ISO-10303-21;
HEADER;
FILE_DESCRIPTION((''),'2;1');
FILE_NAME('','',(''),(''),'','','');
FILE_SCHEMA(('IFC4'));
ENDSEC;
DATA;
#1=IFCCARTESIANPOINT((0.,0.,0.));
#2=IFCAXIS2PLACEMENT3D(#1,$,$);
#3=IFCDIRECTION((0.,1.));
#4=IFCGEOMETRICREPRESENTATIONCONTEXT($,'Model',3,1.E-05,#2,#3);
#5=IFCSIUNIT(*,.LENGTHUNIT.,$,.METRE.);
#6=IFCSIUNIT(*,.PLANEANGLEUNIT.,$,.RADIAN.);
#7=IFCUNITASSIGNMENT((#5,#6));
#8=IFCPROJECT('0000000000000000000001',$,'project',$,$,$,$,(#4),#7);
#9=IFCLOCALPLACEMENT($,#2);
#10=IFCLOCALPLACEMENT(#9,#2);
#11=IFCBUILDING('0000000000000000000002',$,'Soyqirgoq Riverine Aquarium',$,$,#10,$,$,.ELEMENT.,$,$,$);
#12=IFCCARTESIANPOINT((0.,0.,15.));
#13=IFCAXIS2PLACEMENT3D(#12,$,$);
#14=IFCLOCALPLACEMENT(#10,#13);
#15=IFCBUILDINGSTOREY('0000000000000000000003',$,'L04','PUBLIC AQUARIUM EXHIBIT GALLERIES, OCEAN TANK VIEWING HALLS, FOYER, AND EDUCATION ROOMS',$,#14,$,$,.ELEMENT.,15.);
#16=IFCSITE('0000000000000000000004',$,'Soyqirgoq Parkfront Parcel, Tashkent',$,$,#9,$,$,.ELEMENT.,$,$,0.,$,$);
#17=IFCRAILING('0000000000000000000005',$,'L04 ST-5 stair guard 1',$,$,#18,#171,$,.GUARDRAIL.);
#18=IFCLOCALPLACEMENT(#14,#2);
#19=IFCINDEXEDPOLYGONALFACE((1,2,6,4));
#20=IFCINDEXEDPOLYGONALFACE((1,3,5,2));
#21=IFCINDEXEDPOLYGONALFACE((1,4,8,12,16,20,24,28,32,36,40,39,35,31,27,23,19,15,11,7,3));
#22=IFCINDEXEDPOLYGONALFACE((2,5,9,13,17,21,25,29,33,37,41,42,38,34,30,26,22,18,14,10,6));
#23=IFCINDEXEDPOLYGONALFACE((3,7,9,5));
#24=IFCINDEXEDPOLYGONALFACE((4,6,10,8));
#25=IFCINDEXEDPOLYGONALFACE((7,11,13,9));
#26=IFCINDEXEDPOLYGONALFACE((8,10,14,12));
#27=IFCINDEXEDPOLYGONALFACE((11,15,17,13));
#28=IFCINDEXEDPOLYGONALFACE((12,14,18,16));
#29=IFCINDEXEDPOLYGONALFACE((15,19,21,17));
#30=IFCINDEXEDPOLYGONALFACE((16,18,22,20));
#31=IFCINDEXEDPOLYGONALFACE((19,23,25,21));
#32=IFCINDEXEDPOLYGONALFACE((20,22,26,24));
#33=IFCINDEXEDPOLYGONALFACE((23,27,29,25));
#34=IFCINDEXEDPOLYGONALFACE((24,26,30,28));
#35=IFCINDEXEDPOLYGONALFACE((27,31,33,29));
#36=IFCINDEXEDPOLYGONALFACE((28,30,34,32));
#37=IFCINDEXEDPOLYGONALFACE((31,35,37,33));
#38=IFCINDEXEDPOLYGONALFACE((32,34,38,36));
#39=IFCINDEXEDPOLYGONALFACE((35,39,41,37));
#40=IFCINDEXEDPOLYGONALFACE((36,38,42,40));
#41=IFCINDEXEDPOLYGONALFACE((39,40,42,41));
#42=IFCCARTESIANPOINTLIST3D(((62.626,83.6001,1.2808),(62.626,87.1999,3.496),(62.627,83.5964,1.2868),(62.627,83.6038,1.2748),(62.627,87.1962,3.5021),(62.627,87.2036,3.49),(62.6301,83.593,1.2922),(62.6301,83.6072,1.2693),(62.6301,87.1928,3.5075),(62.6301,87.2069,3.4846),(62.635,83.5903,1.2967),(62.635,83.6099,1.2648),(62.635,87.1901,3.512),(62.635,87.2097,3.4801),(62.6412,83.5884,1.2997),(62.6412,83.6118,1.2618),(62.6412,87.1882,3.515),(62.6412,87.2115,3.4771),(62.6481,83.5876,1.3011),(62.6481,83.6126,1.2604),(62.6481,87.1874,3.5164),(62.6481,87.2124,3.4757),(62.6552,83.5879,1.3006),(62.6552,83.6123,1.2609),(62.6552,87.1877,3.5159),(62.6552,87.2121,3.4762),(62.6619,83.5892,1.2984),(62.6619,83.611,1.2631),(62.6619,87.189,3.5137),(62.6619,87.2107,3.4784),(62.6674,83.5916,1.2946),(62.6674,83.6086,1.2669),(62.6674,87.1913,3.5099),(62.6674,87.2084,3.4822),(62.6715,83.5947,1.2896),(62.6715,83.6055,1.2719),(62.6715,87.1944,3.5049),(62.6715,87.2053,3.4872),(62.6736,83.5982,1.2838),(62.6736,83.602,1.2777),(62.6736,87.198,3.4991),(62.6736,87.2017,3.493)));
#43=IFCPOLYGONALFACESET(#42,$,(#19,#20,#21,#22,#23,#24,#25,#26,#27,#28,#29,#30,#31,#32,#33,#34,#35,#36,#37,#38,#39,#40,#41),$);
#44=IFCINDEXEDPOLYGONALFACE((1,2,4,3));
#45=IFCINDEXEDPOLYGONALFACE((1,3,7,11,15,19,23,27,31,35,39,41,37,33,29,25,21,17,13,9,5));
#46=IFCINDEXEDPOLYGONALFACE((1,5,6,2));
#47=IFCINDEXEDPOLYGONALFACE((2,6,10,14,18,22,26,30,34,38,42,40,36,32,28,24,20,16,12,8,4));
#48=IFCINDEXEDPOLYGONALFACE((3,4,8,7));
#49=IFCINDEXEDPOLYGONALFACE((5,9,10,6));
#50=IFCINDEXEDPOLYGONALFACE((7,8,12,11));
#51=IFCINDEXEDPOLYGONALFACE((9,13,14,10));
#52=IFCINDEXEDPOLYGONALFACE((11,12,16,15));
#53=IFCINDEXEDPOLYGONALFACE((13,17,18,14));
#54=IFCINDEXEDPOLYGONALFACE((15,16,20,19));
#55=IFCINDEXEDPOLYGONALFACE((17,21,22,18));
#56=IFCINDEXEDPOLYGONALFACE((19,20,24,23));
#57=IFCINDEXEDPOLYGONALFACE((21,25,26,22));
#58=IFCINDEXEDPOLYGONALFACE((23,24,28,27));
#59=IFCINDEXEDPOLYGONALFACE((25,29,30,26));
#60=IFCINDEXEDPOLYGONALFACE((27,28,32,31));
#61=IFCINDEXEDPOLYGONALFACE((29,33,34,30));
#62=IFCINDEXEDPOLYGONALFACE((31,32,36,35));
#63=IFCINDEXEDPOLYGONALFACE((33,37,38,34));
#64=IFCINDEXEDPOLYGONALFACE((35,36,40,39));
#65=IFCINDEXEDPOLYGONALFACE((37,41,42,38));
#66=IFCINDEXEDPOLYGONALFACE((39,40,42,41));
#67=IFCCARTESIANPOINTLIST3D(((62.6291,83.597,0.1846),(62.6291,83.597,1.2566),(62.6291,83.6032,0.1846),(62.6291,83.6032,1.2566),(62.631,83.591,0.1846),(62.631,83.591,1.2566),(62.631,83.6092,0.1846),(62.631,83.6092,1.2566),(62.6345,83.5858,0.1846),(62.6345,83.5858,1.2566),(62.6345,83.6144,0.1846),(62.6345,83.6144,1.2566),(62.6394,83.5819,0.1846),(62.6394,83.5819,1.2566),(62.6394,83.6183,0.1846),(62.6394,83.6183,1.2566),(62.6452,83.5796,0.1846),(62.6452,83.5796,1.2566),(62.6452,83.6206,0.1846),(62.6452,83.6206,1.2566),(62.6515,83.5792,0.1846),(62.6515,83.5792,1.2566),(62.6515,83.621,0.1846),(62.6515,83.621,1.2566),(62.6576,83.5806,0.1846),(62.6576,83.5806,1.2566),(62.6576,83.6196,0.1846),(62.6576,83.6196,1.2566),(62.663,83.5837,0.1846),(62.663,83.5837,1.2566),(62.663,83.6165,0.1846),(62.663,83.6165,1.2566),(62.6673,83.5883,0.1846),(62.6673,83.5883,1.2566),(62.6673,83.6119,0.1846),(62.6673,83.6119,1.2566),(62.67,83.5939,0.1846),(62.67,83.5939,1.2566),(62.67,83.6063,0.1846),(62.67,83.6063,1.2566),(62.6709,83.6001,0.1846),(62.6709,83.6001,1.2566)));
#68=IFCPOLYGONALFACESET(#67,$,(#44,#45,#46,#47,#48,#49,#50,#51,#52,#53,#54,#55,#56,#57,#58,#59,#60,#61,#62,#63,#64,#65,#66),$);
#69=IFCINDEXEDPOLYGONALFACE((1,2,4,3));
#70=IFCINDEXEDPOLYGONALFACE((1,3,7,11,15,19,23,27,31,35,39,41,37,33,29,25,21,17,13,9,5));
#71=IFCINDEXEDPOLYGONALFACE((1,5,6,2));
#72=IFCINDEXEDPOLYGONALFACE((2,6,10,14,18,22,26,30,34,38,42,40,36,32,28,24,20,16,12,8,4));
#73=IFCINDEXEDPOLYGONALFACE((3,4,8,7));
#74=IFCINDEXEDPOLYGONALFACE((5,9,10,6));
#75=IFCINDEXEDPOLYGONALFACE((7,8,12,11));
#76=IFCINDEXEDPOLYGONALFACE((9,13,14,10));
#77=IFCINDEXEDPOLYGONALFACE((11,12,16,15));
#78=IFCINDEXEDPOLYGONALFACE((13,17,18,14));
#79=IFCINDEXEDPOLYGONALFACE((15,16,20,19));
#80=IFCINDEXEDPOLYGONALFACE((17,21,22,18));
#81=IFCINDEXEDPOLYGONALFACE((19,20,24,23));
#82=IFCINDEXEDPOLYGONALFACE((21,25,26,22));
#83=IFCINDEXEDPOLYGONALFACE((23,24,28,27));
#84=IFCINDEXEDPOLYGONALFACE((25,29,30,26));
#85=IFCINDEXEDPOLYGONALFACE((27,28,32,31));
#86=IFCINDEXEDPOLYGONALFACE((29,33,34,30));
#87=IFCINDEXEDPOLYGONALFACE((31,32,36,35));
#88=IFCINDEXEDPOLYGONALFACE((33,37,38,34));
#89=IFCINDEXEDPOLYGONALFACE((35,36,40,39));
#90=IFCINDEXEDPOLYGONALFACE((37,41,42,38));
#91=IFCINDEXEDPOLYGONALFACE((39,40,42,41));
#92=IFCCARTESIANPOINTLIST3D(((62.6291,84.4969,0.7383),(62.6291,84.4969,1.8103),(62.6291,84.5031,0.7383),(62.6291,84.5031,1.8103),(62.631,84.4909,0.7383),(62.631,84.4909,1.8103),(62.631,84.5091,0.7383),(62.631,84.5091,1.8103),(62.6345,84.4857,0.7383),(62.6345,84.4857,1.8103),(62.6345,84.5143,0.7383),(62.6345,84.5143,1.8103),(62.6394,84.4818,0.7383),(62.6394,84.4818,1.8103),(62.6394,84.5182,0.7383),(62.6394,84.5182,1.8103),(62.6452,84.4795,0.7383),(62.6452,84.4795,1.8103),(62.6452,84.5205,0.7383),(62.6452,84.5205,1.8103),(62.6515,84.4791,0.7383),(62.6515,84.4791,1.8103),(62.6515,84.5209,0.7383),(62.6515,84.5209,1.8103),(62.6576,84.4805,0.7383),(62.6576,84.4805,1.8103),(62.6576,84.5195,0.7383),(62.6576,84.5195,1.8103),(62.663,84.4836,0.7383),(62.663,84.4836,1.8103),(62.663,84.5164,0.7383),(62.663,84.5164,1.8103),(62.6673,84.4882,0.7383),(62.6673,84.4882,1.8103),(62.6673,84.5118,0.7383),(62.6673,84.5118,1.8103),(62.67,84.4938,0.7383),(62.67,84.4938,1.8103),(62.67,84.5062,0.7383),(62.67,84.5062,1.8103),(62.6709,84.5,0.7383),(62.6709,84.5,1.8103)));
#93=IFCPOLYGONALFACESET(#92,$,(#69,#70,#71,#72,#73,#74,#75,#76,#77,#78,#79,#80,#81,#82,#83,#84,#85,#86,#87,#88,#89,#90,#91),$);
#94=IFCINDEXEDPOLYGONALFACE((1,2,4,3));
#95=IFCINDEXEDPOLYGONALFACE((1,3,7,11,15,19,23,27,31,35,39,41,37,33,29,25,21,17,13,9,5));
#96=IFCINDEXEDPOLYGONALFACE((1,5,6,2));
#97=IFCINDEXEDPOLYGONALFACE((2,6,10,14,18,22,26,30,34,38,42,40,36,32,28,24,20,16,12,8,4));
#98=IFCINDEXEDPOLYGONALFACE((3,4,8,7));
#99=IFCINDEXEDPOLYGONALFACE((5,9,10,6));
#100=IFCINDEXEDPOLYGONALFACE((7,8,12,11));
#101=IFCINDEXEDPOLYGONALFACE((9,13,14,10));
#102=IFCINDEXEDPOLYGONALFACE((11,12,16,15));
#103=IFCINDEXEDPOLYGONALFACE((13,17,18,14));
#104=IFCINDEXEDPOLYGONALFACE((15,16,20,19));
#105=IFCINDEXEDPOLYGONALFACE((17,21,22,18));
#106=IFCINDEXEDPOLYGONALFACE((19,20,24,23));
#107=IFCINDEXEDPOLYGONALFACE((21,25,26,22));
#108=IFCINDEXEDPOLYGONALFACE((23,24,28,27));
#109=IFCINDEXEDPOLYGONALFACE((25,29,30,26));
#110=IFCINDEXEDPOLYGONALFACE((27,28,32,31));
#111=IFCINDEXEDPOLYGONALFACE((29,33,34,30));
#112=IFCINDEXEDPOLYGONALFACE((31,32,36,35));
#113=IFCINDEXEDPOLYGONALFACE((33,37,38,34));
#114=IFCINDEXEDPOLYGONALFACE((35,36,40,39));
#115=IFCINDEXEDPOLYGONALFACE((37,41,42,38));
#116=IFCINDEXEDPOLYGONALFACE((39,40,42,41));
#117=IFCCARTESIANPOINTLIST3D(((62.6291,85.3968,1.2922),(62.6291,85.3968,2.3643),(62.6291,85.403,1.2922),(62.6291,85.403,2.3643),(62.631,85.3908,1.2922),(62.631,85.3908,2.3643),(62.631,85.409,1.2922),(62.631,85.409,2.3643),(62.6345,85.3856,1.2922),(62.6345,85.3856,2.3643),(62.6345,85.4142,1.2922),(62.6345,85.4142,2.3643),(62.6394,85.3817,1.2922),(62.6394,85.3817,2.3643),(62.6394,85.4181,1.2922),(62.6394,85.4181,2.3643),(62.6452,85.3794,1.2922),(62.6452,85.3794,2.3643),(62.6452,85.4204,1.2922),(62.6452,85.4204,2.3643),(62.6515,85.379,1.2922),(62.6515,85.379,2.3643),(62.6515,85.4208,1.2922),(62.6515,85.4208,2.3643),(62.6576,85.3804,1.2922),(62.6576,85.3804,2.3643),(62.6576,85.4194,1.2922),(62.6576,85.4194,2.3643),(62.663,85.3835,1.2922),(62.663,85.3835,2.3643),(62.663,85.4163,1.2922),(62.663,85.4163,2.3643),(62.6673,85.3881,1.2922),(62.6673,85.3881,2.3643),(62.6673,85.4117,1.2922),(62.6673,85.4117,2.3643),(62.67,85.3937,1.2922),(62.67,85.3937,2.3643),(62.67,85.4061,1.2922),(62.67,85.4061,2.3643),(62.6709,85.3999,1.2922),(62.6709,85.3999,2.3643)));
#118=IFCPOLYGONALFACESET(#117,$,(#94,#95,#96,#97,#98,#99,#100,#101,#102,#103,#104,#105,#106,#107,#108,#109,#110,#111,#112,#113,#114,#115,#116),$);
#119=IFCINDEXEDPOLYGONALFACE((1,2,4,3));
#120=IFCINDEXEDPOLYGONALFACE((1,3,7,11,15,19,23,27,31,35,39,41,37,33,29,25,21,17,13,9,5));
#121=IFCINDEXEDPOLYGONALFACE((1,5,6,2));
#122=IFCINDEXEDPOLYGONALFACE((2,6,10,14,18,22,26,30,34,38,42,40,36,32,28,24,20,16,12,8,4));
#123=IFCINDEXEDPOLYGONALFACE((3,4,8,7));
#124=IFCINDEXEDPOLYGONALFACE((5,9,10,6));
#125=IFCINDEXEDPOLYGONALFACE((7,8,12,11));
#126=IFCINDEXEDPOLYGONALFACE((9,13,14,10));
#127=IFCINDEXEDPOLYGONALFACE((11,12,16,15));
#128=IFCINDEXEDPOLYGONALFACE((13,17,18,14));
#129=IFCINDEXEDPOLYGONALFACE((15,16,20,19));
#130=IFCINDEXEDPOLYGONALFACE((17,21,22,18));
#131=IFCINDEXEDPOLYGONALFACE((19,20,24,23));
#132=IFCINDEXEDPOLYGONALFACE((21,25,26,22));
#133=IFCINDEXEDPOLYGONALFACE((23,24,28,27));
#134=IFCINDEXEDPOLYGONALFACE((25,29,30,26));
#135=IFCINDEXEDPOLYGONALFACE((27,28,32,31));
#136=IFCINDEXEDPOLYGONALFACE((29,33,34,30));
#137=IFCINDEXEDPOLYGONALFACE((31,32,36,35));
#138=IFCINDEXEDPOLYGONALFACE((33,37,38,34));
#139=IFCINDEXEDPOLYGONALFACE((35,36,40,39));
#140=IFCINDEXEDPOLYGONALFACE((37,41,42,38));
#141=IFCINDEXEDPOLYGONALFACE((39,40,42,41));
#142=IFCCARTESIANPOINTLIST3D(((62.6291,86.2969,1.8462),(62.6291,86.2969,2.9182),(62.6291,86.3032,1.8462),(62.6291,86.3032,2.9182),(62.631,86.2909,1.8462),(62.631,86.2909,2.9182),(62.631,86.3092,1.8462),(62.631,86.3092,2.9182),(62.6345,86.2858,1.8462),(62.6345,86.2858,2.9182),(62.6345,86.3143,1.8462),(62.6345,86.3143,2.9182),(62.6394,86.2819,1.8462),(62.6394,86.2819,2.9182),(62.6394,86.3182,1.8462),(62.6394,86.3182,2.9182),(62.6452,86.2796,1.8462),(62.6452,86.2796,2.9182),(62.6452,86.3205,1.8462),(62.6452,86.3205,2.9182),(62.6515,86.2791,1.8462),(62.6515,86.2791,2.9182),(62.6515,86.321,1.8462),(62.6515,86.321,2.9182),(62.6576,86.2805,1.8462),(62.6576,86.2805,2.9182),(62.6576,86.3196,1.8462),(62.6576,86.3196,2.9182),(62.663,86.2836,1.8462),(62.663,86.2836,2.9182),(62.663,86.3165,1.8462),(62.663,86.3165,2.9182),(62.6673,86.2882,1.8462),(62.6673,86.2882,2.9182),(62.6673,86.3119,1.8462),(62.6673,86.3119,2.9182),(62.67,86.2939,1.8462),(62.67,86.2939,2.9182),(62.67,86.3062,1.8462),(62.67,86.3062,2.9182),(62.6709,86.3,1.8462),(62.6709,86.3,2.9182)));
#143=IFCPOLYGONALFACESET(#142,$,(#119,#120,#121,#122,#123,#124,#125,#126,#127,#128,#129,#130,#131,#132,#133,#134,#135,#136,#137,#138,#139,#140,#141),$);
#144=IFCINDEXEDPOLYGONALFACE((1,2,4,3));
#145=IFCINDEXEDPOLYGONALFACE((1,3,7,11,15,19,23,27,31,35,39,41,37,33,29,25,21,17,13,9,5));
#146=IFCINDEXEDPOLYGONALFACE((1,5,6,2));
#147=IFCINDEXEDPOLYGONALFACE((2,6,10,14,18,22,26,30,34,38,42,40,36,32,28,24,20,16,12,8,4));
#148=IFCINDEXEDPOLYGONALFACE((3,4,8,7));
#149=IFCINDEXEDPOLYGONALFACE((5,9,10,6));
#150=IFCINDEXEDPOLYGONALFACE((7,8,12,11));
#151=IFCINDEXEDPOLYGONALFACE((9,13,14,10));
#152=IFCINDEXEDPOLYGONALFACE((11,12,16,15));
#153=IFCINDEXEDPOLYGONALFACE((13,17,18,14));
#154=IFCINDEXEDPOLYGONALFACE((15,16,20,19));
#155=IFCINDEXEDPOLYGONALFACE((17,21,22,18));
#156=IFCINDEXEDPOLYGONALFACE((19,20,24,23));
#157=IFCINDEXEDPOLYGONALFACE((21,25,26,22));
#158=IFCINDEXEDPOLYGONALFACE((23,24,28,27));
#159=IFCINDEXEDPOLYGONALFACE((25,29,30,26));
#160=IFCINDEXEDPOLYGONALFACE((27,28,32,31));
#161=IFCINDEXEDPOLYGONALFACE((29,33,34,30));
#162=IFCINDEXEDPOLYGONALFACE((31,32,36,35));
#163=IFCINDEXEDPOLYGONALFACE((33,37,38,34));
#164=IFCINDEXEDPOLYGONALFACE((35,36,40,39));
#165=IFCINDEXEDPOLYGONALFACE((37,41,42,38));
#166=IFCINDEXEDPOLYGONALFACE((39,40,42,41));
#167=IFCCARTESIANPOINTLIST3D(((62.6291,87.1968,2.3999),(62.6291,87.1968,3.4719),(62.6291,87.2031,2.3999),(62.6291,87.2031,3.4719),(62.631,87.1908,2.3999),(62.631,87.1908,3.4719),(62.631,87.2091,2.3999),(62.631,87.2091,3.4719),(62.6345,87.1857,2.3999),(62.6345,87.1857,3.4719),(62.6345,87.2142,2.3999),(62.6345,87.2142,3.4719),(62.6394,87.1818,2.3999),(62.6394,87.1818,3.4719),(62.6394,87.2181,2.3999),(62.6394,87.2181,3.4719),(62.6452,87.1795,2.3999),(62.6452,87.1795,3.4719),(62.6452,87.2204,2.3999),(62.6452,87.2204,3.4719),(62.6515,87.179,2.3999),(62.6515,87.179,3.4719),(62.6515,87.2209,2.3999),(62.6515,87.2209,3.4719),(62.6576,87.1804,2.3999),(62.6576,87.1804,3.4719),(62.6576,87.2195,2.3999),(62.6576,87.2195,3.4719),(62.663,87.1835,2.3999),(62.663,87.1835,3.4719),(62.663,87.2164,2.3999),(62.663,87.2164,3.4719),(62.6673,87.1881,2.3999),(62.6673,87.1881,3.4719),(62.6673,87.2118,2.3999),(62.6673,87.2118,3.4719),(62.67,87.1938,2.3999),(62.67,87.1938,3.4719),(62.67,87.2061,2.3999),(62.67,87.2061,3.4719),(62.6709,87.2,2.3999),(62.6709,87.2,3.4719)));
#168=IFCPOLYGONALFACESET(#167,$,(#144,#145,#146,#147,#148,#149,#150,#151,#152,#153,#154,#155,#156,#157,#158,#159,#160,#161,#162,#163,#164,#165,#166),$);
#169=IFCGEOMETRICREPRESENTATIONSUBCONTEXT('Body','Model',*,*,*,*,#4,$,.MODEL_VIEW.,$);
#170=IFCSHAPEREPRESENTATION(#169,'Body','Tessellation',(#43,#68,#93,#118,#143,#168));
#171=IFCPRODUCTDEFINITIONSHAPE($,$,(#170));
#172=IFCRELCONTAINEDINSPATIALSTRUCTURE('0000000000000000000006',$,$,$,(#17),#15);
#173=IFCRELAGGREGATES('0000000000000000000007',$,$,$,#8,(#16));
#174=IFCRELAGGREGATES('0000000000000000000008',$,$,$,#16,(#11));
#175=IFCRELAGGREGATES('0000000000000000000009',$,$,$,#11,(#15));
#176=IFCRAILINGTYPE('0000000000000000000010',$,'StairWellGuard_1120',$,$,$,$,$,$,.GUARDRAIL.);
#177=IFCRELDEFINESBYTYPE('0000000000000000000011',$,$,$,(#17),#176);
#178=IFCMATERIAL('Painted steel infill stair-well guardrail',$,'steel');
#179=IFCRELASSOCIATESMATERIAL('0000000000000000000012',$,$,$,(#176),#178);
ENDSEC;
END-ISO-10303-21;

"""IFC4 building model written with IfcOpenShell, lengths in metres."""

from ifc_helpers import new_model, si_unit, direction, frame, origin, origin_2d, place, context, subcontext, project, spatial, circle, extrude, material, type_object, element, save


model = new_model("IFC4")

# Units and contexts
model_context = context("Model", 3, precision=1e-05, world=origin(), true_north=direction((0.0, 1.0)))
body_context = subcontext(model_context, "Body", "Model", "MODEL_VIEW")
ifc_project = project(units=[si_unit("LENGTHUNIT", "METRE"), si_unit("PLANEANGLEUNIT", "RADIAN")], contexts=[model_context])

# Site, building, storey
site_placement = place(None, origin())
site = spatial("IfcSite", under=ifc_project, at=site_placement, Name="Soyqirgoq Parkfront Parcel, Tashkent", CompositionType="ELEMENT", RefElevation=0.0)
building_placement = place(site_placement, origin())
building = spatial("IfcBuilding", under=site, at=building_placement, Name="Soyqirgoq Riverine Aquarium", CompositionType="ELEMENT")
storey_placement = place(building_placement, frame((0.0, 0.0, 15.0)))
storey = spatial("IfcBuildingStorey", under=building, at=storey_placement, Name="L04", Description="PUBLIC AQUARIUM EXHIBIT GALLERIES, OCEAN TANK VIEWING HALLS, FOYER, AND EDUCATION ROOMS", CompositionType="ELEMENT", Elevation=15.0)

# Railing
ifc_material_1 = material(Name="Painted steel infill stair-well guardrail", Category="steel")
railing_type_1 = type_object("IfcRailingType", Name="StairWellGuard_1120", PredefinedType="GUARDRAIL", material=ifc_material_1)
railing_1_placement = place(storey_placement, frame((62.6499, 83.6001, 0.1846)))
element("IfcRailing", 1, at=railing_1_placement, inside=storey, type_object=railing_type_1, Name="L04 ST-5 stair guard 1", PredefinedType="GUARDRAIL", context=body_context, shape_type="SweptSolid", body=[
    extrude(circle(Radius=0.0239, at=origin_2d()), frame((0.0, 0.0, 1.0962), z_axis=(0.0, 0.851654, 0.524104), x_axis=(-1.0, 0.0, 0.0)), (0.0, 0.0, 1.0), 4.2268),
    extrude(circle(Radius=0.021, at=origin_2d()), origin(), (0.0, 0.0, 1.0), 1.072),
    extrude(circle(Radius=0.021, at=origin_2d()), frame((0.0, 0.8999, 0.5537)), (0.0, 0.0, 1.0), 1.072),
    extrude(circle(Radius=0.021, at=origin_2d()), frame((0.0, 1.7998, 1.1077)), (0.0, 0.0, 1.0), 1.072),
    extrude(circle(Radius=0.021, at=origin_2d()), frame((0.0, 2.7, 1.6616)), (0.0, 0.0, 1.0), 1.072),
    extrude(circle(Radius=0.021, at=origin_2d()), frame((0.0, 3.5999, 2.2153)), (0.0, 0.0, 1.0), 1.072),
])

save(model, "model.ifc")
